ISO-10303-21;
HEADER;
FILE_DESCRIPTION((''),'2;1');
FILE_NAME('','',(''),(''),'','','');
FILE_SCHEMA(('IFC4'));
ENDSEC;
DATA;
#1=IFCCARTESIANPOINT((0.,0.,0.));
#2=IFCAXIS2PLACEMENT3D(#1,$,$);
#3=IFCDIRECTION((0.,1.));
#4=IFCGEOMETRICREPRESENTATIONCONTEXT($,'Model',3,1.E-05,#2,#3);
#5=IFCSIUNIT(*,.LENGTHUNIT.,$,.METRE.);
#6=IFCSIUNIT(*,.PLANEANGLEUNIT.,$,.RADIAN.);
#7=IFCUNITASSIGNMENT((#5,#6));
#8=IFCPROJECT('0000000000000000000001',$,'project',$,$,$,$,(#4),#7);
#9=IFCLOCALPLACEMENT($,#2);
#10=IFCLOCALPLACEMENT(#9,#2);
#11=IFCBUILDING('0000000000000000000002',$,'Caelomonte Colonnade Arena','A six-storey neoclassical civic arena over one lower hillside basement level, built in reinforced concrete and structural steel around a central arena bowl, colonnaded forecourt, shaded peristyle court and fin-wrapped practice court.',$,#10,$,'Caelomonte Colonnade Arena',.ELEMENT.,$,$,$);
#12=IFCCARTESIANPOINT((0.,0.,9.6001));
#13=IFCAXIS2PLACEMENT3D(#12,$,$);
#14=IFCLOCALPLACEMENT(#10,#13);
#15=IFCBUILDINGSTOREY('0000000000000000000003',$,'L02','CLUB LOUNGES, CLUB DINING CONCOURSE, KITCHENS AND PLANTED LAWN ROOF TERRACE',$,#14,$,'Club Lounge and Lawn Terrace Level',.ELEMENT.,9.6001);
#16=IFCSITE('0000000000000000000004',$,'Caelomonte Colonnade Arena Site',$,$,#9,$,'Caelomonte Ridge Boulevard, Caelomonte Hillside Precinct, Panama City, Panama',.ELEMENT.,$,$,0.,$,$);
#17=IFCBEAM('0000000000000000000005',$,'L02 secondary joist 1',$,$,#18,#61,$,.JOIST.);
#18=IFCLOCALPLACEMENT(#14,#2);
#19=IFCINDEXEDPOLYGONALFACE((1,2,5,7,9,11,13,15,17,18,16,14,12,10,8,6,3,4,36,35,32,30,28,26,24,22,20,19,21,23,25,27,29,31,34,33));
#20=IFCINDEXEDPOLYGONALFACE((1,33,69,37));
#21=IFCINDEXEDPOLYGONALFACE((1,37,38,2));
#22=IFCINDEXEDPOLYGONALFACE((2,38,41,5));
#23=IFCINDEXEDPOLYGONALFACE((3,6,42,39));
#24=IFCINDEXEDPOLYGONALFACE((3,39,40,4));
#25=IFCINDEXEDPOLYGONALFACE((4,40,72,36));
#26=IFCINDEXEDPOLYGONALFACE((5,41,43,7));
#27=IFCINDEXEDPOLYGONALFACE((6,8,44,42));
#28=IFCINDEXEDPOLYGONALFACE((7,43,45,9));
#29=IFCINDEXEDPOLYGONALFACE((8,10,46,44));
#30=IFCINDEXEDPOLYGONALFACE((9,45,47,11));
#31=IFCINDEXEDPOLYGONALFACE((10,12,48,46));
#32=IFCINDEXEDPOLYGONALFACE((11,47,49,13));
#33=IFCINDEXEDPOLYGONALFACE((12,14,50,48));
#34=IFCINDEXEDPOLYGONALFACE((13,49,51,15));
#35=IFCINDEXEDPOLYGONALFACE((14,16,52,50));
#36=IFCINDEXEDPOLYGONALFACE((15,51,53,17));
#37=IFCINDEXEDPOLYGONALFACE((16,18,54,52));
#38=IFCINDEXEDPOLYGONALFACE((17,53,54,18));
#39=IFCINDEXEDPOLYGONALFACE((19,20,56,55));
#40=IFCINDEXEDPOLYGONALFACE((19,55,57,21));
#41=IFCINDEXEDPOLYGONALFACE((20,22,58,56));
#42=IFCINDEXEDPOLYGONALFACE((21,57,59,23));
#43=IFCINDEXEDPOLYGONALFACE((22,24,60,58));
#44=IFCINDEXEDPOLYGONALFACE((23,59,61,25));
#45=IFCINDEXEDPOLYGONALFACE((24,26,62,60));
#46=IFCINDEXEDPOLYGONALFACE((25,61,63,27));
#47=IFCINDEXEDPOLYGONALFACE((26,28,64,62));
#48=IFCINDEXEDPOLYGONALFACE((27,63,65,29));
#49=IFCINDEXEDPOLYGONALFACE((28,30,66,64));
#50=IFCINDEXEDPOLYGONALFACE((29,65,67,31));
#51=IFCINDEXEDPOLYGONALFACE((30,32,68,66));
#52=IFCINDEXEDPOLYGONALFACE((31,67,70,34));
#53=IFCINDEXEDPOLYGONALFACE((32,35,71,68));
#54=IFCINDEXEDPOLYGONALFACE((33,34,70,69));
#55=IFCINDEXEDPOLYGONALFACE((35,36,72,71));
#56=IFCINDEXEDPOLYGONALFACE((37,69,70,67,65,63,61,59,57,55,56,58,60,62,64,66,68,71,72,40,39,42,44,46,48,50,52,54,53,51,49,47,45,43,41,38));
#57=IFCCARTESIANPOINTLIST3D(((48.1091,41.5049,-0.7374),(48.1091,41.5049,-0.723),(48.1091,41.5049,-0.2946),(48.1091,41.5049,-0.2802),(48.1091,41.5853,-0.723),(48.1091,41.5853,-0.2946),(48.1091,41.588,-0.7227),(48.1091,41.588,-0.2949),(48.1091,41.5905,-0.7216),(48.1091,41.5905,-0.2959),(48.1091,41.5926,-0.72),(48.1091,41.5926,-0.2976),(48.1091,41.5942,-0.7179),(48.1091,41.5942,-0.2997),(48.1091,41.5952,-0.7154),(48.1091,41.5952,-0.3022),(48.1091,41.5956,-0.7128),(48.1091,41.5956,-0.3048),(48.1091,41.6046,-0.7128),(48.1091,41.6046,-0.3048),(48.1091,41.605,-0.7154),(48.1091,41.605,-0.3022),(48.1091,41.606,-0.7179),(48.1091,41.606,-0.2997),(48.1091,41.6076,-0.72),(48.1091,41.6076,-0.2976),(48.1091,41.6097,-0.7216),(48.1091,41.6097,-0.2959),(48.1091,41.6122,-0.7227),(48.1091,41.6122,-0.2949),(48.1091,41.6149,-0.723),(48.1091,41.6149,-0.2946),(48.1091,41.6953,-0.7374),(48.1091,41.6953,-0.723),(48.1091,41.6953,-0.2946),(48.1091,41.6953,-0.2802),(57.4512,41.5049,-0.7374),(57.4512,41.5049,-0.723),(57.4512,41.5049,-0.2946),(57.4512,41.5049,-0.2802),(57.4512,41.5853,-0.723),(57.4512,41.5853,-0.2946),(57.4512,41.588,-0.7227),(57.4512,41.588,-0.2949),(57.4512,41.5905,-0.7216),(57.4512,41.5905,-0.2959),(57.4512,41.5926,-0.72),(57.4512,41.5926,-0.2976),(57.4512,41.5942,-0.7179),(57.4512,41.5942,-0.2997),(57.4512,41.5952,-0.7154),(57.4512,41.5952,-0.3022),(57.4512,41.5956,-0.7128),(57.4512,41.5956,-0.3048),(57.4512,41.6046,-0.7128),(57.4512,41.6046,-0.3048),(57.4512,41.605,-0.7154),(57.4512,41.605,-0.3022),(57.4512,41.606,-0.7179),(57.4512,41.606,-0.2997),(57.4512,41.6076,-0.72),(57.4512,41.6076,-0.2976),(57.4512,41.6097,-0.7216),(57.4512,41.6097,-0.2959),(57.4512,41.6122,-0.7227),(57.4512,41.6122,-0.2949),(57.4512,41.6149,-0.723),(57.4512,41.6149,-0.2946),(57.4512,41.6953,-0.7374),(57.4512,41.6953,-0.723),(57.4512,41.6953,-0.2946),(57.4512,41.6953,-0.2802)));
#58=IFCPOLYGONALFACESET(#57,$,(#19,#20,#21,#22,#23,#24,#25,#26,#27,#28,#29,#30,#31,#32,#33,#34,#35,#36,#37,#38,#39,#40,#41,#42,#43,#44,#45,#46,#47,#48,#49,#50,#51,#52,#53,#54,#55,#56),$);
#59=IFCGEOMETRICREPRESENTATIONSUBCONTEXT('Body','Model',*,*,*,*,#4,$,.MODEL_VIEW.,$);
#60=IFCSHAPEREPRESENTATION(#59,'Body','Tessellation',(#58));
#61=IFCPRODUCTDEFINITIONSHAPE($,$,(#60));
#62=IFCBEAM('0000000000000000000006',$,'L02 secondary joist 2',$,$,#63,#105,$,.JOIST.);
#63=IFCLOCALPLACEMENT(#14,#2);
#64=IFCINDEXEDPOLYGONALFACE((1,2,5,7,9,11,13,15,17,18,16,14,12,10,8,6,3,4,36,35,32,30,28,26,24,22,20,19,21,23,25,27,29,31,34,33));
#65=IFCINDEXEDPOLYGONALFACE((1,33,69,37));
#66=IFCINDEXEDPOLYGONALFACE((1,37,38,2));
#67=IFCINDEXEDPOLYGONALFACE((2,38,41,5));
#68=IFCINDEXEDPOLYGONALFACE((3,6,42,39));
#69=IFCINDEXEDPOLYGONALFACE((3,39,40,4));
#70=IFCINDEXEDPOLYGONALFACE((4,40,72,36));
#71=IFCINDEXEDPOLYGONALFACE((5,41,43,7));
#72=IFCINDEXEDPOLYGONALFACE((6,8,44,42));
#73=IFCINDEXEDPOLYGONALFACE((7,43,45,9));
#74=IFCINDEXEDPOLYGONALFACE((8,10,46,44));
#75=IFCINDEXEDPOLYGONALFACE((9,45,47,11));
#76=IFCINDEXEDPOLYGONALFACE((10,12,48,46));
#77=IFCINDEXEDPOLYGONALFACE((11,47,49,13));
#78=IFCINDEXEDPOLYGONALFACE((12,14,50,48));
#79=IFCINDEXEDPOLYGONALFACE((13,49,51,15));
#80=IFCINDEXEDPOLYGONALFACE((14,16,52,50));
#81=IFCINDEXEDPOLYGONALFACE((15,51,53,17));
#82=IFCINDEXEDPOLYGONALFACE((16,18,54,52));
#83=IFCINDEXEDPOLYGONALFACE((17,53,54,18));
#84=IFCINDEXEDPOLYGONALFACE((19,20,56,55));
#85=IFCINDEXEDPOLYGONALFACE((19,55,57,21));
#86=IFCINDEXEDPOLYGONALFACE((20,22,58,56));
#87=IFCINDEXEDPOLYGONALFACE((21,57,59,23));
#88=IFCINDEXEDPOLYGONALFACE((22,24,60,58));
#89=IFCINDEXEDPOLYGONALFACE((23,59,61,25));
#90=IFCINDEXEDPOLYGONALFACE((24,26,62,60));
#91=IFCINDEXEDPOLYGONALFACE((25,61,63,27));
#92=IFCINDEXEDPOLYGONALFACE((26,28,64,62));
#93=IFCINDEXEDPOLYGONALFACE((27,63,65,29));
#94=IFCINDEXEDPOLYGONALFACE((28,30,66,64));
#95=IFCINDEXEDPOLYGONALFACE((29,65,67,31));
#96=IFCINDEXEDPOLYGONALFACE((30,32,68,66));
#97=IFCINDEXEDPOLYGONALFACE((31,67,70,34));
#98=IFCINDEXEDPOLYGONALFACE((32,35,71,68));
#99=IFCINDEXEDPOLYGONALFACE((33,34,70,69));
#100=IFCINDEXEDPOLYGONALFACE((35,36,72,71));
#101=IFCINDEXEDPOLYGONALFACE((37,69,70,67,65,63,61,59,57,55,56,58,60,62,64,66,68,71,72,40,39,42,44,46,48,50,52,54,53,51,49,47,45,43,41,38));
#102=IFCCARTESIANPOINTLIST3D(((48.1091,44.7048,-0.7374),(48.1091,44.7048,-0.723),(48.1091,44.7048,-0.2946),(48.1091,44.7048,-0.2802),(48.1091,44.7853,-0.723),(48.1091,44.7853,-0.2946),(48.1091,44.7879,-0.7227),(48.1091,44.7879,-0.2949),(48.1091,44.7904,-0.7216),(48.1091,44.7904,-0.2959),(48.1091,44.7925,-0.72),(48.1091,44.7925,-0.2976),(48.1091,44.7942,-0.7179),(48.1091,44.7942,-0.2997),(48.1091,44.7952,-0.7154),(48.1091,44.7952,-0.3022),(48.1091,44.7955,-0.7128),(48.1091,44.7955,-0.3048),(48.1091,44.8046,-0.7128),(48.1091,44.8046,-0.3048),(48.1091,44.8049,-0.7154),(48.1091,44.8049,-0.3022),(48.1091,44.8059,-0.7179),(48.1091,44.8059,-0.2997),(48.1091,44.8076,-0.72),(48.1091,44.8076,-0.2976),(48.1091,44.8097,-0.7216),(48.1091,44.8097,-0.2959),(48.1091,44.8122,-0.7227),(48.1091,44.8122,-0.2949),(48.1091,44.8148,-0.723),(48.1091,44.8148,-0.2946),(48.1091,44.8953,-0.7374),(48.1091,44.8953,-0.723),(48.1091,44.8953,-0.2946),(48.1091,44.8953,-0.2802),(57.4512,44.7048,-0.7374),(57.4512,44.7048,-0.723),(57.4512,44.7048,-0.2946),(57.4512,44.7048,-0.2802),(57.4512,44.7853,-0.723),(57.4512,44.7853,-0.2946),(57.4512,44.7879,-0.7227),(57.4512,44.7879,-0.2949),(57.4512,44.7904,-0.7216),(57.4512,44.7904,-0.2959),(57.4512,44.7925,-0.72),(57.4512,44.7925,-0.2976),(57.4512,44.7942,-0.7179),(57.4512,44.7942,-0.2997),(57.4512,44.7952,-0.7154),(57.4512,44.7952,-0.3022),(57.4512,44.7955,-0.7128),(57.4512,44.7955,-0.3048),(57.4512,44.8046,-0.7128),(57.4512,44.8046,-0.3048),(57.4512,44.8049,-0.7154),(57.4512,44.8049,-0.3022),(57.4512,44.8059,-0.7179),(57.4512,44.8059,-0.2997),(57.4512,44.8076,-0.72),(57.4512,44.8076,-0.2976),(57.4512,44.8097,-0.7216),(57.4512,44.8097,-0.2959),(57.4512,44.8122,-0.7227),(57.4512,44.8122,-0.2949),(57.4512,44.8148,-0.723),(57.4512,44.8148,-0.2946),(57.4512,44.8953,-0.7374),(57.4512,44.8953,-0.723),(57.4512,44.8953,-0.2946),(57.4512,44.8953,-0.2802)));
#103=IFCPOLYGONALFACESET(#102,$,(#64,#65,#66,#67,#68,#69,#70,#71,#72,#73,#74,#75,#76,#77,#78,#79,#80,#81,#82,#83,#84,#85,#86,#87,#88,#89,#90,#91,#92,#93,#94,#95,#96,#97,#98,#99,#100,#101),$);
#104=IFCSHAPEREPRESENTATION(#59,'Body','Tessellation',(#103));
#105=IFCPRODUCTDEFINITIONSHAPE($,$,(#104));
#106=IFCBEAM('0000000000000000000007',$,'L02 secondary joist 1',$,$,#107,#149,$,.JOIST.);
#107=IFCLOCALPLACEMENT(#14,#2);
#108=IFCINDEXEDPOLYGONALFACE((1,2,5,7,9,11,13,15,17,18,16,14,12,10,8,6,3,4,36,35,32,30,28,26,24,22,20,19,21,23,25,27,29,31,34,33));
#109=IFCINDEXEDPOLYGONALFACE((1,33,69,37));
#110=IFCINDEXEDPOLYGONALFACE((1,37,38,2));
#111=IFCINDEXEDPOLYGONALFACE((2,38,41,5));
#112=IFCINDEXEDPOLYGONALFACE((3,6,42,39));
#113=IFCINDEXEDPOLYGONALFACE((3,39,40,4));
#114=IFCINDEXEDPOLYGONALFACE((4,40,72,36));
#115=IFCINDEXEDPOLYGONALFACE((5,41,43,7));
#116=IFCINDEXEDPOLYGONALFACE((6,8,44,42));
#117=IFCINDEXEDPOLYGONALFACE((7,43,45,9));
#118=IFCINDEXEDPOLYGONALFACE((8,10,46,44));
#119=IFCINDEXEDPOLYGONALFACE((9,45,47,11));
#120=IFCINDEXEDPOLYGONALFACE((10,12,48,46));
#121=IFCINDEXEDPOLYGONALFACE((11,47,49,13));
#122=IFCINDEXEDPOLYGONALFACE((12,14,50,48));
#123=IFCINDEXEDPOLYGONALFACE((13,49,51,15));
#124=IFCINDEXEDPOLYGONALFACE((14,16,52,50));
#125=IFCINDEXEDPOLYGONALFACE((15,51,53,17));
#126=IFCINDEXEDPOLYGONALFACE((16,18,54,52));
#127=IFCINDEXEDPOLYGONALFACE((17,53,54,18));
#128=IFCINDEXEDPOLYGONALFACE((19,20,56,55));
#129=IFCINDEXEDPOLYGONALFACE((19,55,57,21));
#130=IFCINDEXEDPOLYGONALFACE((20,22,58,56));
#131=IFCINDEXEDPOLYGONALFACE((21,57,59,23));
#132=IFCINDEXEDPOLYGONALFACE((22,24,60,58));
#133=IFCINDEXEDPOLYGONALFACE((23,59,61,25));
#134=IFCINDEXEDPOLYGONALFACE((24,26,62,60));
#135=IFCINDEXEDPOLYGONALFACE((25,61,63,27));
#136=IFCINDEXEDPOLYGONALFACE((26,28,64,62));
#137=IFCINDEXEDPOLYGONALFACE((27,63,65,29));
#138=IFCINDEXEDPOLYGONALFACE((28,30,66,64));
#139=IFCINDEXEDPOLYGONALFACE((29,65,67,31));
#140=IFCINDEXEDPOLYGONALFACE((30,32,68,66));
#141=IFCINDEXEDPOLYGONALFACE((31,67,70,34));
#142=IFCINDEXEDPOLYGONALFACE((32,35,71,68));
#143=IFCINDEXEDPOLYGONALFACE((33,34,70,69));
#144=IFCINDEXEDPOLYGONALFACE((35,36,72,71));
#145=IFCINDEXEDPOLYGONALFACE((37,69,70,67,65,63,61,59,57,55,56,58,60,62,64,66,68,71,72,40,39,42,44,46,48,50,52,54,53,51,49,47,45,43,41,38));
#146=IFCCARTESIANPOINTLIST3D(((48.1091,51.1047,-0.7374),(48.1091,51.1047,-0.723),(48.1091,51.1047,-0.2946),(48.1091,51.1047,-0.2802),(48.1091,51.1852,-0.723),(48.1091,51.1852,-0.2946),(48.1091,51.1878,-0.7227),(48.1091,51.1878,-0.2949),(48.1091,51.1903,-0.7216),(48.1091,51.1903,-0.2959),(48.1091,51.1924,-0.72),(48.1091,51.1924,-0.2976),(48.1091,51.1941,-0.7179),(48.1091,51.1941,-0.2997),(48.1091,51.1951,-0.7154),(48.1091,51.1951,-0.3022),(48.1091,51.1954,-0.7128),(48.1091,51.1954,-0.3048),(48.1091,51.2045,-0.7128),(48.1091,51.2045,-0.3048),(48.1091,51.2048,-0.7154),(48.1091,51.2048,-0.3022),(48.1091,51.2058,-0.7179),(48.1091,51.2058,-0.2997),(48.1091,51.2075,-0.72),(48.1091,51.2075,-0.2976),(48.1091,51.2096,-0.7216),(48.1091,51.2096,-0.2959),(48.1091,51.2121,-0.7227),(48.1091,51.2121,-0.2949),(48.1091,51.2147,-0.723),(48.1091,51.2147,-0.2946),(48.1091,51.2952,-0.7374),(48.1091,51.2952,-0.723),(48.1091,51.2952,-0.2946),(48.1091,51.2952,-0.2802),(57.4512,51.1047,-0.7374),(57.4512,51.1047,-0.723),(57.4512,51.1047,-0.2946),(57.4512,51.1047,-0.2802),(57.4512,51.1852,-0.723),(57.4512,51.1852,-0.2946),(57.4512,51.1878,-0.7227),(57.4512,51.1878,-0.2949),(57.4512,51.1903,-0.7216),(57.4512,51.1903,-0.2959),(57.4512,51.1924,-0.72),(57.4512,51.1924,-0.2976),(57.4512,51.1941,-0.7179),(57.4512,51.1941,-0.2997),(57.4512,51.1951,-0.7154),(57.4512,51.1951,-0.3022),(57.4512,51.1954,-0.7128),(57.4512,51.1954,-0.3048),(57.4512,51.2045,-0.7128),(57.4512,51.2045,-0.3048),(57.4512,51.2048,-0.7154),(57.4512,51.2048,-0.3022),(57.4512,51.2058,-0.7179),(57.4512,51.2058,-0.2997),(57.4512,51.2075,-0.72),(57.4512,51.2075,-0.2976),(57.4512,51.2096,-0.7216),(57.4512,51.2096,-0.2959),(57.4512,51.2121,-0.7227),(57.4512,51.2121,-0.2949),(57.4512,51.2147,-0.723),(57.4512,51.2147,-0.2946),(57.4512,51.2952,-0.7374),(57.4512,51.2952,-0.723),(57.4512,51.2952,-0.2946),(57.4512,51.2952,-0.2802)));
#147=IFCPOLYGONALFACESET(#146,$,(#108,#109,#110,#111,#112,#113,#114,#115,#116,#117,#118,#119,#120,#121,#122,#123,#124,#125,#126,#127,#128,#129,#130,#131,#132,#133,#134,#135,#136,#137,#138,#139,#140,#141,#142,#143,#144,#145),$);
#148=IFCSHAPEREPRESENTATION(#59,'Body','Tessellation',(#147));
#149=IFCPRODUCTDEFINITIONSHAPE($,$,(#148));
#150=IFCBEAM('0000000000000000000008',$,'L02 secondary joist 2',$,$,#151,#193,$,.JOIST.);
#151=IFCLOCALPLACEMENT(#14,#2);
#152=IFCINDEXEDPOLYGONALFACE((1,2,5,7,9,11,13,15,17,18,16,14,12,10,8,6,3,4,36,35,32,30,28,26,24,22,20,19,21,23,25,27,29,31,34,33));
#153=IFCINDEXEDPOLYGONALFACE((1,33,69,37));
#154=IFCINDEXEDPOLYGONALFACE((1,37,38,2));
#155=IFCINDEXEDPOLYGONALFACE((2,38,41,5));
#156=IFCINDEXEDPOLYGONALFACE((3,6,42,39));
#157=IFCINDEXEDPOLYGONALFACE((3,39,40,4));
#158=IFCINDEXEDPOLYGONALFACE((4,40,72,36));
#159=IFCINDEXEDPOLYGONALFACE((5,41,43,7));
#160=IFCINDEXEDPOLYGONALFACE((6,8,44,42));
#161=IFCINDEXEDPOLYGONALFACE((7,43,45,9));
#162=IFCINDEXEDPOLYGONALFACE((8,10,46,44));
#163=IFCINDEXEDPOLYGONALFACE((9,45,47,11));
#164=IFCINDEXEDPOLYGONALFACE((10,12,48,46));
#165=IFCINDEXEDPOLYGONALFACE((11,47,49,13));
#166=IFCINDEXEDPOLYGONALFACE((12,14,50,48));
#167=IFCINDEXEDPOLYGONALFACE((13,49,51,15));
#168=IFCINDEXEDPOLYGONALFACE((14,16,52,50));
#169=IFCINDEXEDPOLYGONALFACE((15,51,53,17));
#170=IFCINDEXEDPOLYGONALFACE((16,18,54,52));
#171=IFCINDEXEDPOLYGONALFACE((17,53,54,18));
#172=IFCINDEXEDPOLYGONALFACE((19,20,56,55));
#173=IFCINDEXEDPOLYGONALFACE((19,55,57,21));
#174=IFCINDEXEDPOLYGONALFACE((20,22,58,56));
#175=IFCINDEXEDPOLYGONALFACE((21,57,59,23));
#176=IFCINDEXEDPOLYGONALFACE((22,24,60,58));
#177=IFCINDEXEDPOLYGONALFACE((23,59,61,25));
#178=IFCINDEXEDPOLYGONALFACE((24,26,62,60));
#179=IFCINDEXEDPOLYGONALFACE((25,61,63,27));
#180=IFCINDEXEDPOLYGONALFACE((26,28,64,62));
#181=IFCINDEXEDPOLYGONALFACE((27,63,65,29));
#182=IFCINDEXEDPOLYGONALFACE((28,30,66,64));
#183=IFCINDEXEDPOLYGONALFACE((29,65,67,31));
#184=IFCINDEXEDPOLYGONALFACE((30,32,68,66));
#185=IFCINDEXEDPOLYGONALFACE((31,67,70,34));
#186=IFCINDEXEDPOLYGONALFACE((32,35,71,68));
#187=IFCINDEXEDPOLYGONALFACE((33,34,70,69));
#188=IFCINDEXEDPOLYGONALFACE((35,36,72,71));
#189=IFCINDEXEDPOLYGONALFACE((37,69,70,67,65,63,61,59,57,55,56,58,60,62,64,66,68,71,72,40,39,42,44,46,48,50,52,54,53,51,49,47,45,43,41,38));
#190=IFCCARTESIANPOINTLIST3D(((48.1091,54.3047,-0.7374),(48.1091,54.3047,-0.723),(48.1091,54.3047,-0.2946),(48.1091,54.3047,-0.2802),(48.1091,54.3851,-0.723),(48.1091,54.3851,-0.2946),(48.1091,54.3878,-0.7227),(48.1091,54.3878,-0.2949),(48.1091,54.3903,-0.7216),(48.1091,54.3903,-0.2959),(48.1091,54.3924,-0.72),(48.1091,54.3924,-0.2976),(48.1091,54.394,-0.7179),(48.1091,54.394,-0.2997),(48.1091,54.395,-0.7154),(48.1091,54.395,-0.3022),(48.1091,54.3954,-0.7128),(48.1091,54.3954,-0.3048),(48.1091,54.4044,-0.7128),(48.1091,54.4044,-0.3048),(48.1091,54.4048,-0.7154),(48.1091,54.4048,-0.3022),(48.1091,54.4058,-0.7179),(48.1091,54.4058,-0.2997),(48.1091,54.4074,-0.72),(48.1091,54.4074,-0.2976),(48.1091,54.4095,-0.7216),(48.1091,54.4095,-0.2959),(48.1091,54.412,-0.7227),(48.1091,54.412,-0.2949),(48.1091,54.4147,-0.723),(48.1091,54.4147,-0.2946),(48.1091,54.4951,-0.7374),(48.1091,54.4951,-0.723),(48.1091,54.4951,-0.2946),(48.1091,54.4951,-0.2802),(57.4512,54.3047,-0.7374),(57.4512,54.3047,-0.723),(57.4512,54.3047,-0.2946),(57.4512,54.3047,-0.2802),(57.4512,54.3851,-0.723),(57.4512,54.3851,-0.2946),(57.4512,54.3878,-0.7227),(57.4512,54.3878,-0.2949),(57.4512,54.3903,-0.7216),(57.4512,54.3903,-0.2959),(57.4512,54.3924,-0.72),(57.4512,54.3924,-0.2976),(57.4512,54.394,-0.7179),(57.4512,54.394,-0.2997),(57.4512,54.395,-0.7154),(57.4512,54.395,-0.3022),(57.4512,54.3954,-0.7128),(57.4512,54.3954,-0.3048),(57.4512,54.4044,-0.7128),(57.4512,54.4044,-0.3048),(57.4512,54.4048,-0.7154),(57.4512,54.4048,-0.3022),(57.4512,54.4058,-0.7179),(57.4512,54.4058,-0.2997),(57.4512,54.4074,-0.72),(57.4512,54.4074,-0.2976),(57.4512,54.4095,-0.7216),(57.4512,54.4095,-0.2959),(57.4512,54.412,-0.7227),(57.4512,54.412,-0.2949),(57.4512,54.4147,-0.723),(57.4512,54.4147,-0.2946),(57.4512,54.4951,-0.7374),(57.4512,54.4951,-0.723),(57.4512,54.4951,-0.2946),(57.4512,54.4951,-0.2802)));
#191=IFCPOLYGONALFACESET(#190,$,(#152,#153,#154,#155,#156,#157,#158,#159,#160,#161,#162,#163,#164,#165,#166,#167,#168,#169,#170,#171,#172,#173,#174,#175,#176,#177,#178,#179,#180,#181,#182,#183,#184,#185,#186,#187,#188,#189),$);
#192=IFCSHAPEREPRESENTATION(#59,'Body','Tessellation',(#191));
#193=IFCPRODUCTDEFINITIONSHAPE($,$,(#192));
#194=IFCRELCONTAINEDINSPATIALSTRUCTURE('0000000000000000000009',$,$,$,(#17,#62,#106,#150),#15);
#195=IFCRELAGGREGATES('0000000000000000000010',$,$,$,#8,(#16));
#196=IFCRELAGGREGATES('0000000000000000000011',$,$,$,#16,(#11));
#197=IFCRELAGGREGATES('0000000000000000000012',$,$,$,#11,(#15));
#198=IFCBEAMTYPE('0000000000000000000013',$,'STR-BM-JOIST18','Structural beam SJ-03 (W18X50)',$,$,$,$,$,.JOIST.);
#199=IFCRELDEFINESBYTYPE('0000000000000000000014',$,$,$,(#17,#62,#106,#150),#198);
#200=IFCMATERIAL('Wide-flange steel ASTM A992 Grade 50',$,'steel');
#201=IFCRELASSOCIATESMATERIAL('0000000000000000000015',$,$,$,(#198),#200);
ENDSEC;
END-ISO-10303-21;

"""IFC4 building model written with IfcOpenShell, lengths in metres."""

from ifc_helpers import new_model, si_unit, direction, frame, origin, origin_2d, place, context, subcontext, project, spatial, i_section, extrude, material, material_profile, profile_set, type_object, element, save


model = new_model("IFC4")

# Units and contexts
model_context = context("Model", 3, precision=1e-05, world=origin(), true_north=direction((0.0, 1.0)))
body_context = subcontext(model_context, "Body", "Model", "MODEL_VIEW")
ifc_project = project(units=[si_unit("LENGTHUNIT", "METRE"), si_unit("PLANEANGLEUNIT", "RADIAN")], contexts=[model_context])

# Site, building, storey
site_placement = place(None, origin())
site = spatial("IfcSite", under=ifc_project, at=site_placement, Name="Caelomonte Colonnade Arena Site", LongName="Caelomonte Ridge Boulevard, Caelomonte Hillside Precinct, Panama City, Panama", CompositionType="ELEMENT", RefElevation=0.0)
building_placement = place(site_placement, origin())
building = spatial("IfcBuilding", under=site, at=building_placement, Name="Caelomonte Colonnade Arena", Description="A six-storey neoclassical civic arena over one lower hillside basement level, built in reinforced concrete and structural steel around a central arena bowl, colonnaded forecourt, shaded peristyle court and fin-wrapped practice court.", LongName="Caelomonte Colonnade Arena", CompositionType="ELEMENT")
storey_placement = place(building_placement, frame((0.0, 0.0, 9.6001)))
storey = spatial("IfcBuildingStorey", under=building, at=storey_placement, Name="L02", Description="CLUB LOUNGES, CLUB DINING CONCOURSE, KITCHENS AND PLANTED LAWN ROOF TERRACE", LongName="Club Lounge and Lawn Terrace Level", CompositionType="ELEMENT", Elevation=9.6001)

# Beams
ifc_material_1 = material(Name="Wide-flange steel ASTM A992 Grade 50", Category="steel")
ifc_material_profile_1 = material_profile(ifc_material_1, i_section(OverallWidth=0.1904, OverallDepth=0.4573, WebThickness=0.009, FlangeThickness=0.0144, FilletRadius=0.0103, at=origin_2d()), Name="W18X50")
ifc_profile_set_1 = profile_set([ifc_material_profile_1], Name="Wide-flange steel ASTM A992 Grade 50")
beam_type_1 = type_object("IfcBeamType", Name="STR-BM-JOIST18", Description="Structural beam SJ-03 (W18X50)", PredefinedType="JOIST", material=ifc_profile_set_1)
for number, where, z_axis, x_axis, name in (
    (1, (48.1091, 41.6001, -0.5088), (1.0, 0.0, 0.0), (0.0, 1.0, 0.0), "L02 secondary joist 1"),
    (2, (48.1091, 44.8, -0.5088), (1.0, 0.0, 0.0), (0.0, 1.0, 0.0), "L02 secondary joist 2"),
    (3, (48.1091, 51.2, -0.5088), (1.0, 0.0, 0.0), (0.0, 1.0, 0.0), "L02 secondary joist 1"),
    (4, (48.1091, 54.3999, -0.5088), (1.0, 0.0, 0.0), (0.0, 1.0, 0.0), "L02 secondary joist 2"),
):
    element("IfcBeam", number, at=place(storey_placement, frame(where, z_axis=z_axis, x_axis=x_axis)), inside=storey, type_object=beam_type_1, Name=name, PredefinedType="JOIST", context=body_context, shape_type="SweptSolid", body=[
        extrude(i_section(OverallWidth=0.1904, OverallDepth=0.4573, WebThickness=0.009, FlangeThickness=0.0144, FilletRadius=0.0103, at=origin_2d()), origin(), (0.0, 0.0, 1.0), 9.342),
    ])

save(model, "model.ifc")
